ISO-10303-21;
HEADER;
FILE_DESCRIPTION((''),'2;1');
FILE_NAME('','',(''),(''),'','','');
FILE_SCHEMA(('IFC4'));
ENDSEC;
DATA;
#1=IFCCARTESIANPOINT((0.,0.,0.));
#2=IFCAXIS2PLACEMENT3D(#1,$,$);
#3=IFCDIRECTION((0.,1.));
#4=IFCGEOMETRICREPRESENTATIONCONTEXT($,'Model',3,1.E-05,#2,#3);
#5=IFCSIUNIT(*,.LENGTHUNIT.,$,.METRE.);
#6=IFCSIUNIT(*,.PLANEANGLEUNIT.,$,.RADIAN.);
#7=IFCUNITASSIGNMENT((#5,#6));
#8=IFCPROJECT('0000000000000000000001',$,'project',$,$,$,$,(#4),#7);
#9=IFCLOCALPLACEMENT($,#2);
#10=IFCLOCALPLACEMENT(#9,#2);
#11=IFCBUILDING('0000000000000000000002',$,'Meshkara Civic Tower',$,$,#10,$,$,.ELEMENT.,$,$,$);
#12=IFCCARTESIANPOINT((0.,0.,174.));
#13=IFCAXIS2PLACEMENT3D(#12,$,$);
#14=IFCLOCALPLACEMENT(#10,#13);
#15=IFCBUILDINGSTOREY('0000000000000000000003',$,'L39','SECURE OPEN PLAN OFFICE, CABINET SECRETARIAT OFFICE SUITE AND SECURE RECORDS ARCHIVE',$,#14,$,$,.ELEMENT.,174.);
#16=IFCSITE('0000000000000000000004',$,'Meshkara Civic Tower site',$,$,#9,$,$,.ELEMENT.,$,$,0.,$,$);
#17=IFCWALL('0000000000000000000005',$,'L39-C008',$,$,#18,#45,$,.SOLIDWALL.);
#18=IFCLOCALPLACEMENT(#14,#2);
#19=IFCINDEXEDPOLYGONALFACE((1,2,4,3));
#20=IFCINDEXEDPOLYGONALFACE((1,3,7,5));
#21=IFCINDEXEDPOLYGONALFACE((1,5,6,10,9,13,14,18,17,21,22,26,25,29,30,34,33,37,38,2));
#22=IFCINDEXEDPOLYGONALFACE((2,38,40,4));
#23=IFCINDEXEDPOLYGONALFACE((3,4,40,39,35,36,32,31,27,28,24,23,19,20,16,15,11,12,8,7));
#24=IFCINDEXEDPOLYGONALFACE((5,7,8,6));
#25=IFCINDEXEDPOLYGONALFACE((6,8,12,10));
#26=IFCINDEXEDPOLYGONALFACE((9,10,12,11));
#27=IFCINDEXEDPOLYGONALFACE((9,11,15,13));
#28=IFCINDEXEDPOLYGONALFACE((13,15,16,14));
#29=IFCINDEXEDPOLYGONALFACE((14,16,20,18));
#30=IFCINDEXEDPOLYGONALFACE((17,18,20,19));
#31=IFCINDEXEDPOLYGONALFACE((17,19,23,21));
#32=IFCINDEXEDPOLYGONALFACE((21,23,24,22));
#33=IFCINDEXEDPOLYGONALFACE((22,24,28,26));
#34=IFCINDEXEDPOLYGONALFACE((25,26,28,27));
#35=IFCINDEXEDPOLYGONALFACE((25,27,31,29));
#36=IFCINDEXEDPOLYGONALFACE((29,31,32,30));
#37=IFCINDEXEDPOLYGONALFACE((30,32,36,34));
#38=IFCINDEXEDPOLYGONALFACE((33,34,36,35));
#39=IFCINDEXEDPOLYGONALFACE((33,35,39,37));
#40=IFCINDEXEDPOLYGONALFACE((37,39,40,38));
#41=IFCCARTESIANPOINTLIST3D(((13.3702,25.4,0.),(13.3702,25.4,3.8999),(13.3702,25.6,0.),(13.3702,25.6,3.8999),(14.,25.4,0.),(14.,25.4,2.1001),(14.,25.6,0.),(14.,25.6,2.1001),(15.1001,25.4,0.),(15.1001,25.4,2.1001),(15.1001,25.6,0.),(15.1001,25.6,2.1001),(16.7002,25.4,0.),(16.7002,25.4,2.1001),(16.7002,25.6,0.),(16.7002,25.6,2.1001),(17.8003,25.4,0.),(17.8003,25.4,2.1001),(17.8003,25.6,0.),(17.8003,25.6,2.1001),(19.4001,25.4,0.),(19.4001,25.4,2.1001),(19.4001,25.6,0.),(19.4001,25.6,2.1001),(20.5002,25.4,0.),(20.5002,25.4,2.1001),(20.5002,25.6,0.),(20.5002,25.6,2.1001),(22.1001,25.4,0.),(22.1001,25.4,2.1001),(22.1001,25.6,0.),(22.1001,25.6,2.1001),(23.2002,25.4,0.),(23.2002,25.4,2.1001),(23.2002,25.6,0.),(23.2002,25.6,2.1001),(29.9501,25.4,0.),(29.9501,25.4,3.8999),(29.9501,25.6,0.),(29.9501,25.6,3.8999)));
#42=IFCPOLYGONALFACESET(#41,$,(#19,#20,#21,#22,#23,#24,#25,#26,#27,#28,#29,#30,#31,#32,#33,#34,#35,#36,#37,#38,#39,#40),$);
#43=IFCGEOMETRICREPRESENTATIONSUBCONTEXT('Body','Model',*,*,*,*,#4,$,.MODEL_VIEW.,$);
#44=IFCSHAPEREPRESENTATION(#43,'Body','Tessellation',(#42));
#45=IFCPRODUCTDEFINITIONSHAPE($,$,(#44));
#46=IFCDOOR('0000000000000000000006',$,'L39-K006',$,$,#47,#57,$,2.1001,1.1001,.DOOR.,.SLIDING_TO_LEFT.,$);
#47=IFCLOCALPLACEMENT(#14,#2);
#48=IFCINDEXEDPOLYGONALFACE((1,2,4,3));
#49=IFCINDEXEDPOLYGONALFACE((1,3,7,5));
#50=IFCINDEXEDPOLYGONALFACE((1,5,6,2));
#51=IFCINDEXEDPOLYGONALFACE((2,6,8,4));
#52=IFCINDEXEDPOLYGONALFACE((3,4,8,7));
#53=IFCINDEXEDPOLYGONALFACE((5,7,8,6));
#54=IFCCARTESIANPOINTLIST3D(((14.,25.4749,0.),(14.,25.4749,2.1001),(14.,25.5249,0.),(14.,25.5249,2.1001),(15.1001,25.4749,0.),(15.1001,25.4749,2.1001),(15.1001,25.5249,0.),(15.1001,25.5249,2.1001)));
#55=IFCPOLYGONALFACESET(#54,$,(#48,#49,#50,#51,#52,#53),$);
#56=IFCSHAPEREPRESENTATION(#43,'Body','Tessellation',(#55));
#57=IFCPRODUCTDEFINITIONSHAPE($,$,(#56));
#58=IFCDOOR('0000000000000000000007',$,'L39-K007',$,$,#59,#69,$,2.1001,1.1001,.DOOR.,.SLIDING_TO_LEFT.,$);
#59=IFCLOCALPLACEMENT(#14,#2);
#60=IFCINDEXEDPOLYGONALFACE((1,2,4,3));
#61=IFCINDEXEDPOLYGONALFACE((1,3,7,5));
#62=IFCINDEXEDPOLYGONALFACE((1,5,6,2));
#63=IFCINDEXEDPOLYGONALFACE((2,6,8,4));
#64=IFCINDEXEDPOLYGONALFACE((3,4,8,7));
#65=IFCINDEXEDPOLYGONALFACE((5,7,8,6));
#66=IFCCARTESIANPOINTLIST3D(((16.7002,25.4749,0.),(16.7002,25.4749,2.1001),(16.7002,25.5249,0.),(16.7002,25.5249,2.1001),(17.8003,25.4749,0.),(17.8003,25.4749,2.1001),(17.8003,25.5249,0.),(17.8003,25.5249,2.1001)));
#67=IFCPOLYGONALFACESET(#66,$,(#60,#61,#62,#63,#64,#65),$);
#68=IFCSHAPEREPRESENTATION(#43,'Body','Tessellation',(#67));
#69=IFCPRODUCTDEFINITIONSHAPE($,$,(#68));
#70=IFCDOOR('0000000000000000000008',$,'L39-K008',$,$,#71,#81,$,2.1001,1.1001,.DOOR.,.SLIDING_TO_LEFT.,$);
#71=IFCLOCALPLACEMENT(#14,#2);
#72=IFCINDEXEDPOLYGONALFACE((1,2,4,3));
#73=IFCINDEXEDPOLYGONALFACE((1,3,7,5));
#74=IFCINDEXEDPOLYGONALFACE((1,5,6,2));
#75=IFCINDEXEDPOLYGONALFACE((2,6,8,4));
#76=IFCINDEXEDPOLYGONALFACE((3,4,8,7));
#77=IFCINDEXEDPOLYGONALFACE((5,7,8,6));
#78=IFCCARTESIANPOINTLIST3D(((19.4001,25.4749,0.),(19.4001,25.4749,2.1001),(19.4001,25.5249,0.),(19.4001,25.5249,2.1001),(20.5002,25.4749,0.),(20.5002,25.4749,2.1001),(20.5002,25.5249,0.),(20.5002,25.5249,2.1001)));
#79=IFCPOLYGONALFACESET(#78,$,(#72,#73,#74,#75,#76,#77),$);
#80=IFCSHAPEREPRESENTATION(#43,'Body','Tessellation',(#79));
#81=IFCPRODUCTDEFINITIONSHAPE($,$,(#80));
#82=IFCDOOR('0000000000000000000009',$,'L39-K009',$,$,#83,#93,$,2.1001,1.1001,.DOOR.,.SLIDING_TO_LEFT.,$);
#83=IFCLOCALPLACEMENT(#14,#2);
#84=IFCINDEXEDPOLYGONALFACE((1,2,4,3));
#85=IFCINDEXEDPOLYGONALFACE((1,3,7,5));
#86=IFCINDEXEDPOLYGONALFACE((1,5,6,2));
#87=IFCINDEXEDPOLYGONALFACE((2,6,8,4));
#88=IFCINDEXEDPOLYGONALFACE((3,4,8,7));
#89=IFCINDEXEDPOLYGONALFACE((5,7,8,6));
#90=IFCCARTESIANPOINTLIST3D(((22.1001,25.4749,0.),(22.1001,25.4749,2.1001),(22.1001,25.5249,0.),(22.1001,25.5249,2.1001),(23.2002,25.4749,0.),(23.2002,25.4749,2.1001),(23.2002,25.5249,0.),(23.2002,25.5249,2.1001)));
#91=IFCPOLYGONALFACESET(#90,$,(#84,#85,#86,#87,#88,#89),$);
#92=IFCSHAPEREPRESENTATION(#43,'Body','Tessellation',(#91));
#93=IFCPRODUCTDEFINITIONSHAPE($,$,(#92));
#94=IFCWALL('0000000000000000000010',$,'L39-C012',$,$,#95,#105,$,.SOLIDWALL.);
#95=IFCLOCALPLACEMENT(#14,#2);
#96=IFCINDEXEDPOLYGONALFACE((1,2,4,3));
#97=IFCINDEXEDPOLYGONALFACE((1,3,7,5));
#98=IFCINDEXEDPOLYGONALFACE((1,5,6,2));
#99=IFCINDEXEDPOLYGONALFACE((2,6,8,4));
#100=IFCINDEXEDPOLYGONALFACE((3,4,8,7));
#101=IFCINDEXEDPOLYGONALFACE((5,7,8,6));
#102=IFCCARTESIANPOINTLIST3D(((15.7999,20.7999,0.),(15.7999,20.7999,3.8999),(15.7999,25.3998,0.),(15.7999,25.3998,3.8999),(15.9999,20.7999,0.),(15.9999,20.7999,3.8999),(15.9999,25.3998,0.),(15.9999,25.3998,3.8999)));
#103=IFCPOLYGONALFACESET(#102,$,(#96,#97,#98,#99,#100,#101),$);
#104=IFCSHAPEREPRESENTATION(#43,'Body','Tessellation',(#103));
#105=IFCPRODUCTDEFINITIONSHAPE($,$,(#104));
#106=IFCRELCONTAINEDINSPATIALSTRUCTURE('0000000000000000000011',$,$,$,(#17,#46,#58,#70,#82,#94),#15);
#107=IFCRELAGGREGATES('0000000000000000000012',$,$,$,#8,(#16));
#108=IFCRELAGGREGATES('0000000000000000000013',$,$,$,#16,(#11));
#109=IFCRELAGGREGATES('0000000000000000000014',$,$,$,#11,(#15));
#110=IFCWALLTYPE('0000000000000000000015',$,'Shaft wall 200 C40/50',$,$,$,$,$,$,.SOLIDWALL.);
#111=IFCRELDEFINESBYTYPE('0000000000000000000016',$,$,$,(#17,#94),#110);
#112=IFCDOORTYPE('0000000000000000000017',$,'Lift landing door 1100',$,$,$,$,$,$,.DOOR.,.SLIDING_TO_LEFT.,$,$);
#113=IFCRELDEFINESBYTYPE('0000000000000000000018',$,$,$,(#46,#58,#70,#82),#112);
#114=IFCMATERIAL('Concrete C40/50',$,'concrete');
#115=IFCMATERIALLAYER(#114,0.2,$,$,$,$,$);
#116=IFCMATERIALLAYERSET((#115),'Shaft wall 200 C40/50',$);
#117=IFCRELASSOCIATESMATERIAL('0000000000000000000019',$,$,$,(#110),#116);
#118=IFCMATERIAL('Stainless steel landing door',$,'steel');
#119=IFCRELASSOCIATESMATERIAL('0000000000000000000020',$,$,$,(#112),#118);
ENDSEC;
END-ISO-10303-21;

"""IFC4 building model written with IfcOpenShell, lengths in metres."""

from ifc_helpers import new_model, si_unit, direction, frame, frame_2d, origin, place, context, subcontext, project, spatial, rectangle, extrude, material, layer, layer_set, type_object, element, fill, save


model = new_model("IFC4")

# Units and contexts
model_context = context("Model", 3, precision=1e-05, world=origin(), true_north=direction((0.0, 1.0)))
body_context = subcontext(model_context, "Body", "Model", "MODEL_VIEW")
ifc_project = project(units=[si_unit("LENGTHUNIT", "METRE"), si_unit("PLANEANGLEUNIT", "RADIAN")], contexts=[model_context])

# Site, building, storey
site_placement = place(None, origin())
site = spatial("IfcSite", under=ifc_project, at=site_placement, Name="Meshkara Civic Tower site", CompositionType="ELEMENT", RefElevation=0.0)
building_placement = place(site_placement, origin())
building = spatial("IfcBuilding", under=site, at=building_placement, Name="Meshkara Civic Tower", CompositionType="ELEMENT")
storey_placement = place(building_placement, frame((0.0, 0.0, 174.0)))
storey = spatial("IfcBuildingStorey", under=building, at=storey_placement, Name="L39", Description="SECURE OPEN PLAN OFFICE, CABINET SECRETARIAT OFFICE SUITE AND SECURE RECORDS ARCHIVE", CompositionType="ELEMENT", Elevation=174.0)

# Wall, openings, doors
ifc_material_1 = material(Name="Concrete C40/50", Category="concrete")
ifc_layer_1 = layer(ifc_material_1, 0.2)
ifc_layer_set_1 = layer_set([ifc_layer_1], Name="Shaft wall 200 C40/50")
wall_type_1 = type_object("IfcWallType", Name="Shaft wall 200 C40/50", PredefinedType="SOLIDWALL", material=ifc_layer_set_1)
ifc_material_2 = material(Name="Stainless steel landing door", Category="steel")
door_type_1 = type_object("IfcDoorType", Name="Lift landing door 1100", OperationType="SLIDING_TO_LEFT", PredefinedType="DOOR", material=ifc_material_2)
wall_1_placement = place(storey_placement, frame((13.3701, 25.5, 0.0), z_axis=(0.0, 0.0, 1.0), x_axis=(1.0, 0.0, 0.0)))
wall_1 = element("IfcWall", 1, at=wall_1_placement, inside=storey, type_object=wall_type_1, Name="L39-C008", PredefinedType="SOLIDWALL", context=body_context, shape_type="SweptSolid", body=[
    extrude(rectangle(XDim=16.5798, YDim=0.2, at=frame_2d((8.29, 0.0))), origin(), (0.0, 0.0, 1.0), 3.8999),
])
opening_1_placement = place(wall_1_placement, frame((0.6299, 0.0, 0.0)))
opening_1 = element("IfcOpeningElement", 2, at=opening_1_placement, cuts=wall_1, PredefinedType="OPENING", context=body_context, shape_type="SweptSolid", body=[
    extrude(rectangle(XDim=1.1001, YDim=2.1001, at=frame_2d((0.55, 1.05))), frame((0.0, 0.1099, 0.0), z_axis=(0.0, -1.0, 0.0), x_axis=(1.0, 0.0, 0.0)), (0.0, 0.0, 1.0), 0.22),
])
opening_2_placement = place(wall_1_placement, frame((3.3301, 0.0, 0.0)))
opening_2 = element("IfcOpeningElement", 3, at=opening_2_placement, cuts=wall_1, PredefinedType="OPENING", context=body_context, shape_type="SweptSolid", body=[
    extrude(rectangle(XDim=1.1001, YDim=2.1001, at=frame_2d((0.55, 1.05))), frame((0.0, 0.1099, 0.0), z_axis=(0.0, -1.0, 0.0), x_axis=(1.0, 0.0, 0.0)), (0.0, 0.0, 1.0), 0.22),
])
opening_3_placement = place(wall_1_placement, frame((6.03, 0.0, 0.0)))
opening_3 = element("IfcOpeningElement", 4, at=opening_3_placement, cuts=wall_1, PredefinedType="OPENING", context=body_context, shape_type="SweptSolid", body=[
    extrude(rectangle(XDim=1.1001, YDim=2.1001, at=frame_2d((0.55, 1.05))), frame((0.0, 0.1099, 0.0), z_axis=(0.0, -1.0, 0.0), x_axis=(1.0, 0.0, 0.0)), (0.0, 0.0, 1.0), 0.22),
])
opening_4_placement = place(wall_1_placement, frame((8.73, 0.0, 0.0)))
opening_4 = element("IfcOpeningElement", 5, at=opening_4_placement, cuts=wall_1, PredefinedType="OPENING", context=body_context, shape_type="SweptSolid", body=[
    extrude(rectangle(XDim=1.1001, YDim=2.1001, at=frame_2d((0.55, 1.05))), frame((0.0, 0.1099, 0.0), z_axis=(0.0, -1.0, 0.0), x_axis=(1.0, 0.0, 0.0)), (0.0, 0.0, 1.0), 0.22),
])
door_1_placement = place(opening_1_placement, origin())
door_1 = element("IfcDoor", 6, at=door_1_placement, inside=storey, type_object=door_type_1, Name="L39-K006", OperationType="SLIDING_TO_LEFT", OverallHeight=2.1001, OverallWidth=1.1001, PredefinedType="DOOR", context=body_context, shape_type="SweptSolid", body=[
    extrude(rectangle(XDim=1.1001, YDim=2.1001, at=frame_2d((0.55, 1.05))), frame((0.0, 0.0249, 0.0), z_axis=(0.0, -1.0, 0.0), x_axis=(1.0, 0.0, 0.0)), (0.0, 0.0, 1.0), 0.05),
])
fill(opening_1, door_1)
door_2_placement = place(opening_2_placement, origin())
door_2 = element("IfcDoor", 7, at=door_2_placement, inside=storey, type_object=door_type_1, Name="L39-K007", OperationType="SLIDING_TO_LEFT", OverallHeight=2.1001, OverallWidth=1.1001, PredefinedType="DOOR", context=body_context, shape_type="SweptSolid", body=[
    extrude(rectangle(XDim=1.1001, YDim=2.1001, at=frame_2d((0.55, 1.05))), frame((0.0, 0.0249, 0.0), z_axis=(0.0, -1.0, 0.0), x_axis=(1.0, 0.0, 0.0)), (0.0, 0.0, 1.0), 0.05),
])
fill(opening_2, door_2)
door_3_placement = place(opening_3_placement, origin())
door_3 = element("IfcDoor", 8, at=door_3_placement, inside=storey, type_object=door_type_1, Name="L39-K008", OperationType="SLIDING_TO_LEFT", OverallHeight=2.1001, OverallWidth=1.1001, PredefinedType="DOOR", context=body_context, shape_type="SweptSolid", body=[
    extrude(rectangle(XDim=1.1001, YDim=2.1001, at=frame_2d((0.55, 1.05))), frame((0.0, 0.0249, 0.0), z_axis=(0.0, -1.0, 0.0), x_axis=(1.0, 0.0, 0.0)), (0.0, 0.0, 1.0), 0.05),
])
fill(opening_3, door_3)
door_4_placement = place(opening_4_placement, origin())
door_4 = element("IfcDoor", 9, at=door_4_placement, inside=storey, type_object=door_type_1, Name="L39-K009", OperationType="SLIDING_TO_LEFT", OverallHeight=2.1001, OverallWidth=1.1001, PredefinedType="DOOR", context=body_context, shape_type="SweptSolid", body=[
    extrude(rectangle(XDim=1.1001, YDim=2.1001, at=frame_2d((0.55, 1.05))), frame((0.0, 0.0249, 0.0), z_axis=(0.0, -1.0, 0.0), x_axis=(1.0, 0.0, 0.0)), (0.0, 0.0, 1.0), 0.05),
])
fill(opening_4, door_4)

# Wall
wall_2_placement = place(storey_placement, frame((15.8999, 20.8, 0.0), z_axis=(0.0, 0.0, 1.0), x_axis=(0.0, 1.0, 0.0)))
element("IfcWall", 10, at=wall_2_placement, inside=storey, type_object=wall_type_1, Name="L39-C012", PredefinedType="SOLIDWALL", context=body_context, shape_type="SweptSolid", body=[
    extrude(rectangle(XDim=4.5999, YDim=0.2, at=frame_2d((2.2998, 0.0))), origin(), (0.0, 0.0, 1.0), 3.8999),
])

save(model, "model.ifc")
